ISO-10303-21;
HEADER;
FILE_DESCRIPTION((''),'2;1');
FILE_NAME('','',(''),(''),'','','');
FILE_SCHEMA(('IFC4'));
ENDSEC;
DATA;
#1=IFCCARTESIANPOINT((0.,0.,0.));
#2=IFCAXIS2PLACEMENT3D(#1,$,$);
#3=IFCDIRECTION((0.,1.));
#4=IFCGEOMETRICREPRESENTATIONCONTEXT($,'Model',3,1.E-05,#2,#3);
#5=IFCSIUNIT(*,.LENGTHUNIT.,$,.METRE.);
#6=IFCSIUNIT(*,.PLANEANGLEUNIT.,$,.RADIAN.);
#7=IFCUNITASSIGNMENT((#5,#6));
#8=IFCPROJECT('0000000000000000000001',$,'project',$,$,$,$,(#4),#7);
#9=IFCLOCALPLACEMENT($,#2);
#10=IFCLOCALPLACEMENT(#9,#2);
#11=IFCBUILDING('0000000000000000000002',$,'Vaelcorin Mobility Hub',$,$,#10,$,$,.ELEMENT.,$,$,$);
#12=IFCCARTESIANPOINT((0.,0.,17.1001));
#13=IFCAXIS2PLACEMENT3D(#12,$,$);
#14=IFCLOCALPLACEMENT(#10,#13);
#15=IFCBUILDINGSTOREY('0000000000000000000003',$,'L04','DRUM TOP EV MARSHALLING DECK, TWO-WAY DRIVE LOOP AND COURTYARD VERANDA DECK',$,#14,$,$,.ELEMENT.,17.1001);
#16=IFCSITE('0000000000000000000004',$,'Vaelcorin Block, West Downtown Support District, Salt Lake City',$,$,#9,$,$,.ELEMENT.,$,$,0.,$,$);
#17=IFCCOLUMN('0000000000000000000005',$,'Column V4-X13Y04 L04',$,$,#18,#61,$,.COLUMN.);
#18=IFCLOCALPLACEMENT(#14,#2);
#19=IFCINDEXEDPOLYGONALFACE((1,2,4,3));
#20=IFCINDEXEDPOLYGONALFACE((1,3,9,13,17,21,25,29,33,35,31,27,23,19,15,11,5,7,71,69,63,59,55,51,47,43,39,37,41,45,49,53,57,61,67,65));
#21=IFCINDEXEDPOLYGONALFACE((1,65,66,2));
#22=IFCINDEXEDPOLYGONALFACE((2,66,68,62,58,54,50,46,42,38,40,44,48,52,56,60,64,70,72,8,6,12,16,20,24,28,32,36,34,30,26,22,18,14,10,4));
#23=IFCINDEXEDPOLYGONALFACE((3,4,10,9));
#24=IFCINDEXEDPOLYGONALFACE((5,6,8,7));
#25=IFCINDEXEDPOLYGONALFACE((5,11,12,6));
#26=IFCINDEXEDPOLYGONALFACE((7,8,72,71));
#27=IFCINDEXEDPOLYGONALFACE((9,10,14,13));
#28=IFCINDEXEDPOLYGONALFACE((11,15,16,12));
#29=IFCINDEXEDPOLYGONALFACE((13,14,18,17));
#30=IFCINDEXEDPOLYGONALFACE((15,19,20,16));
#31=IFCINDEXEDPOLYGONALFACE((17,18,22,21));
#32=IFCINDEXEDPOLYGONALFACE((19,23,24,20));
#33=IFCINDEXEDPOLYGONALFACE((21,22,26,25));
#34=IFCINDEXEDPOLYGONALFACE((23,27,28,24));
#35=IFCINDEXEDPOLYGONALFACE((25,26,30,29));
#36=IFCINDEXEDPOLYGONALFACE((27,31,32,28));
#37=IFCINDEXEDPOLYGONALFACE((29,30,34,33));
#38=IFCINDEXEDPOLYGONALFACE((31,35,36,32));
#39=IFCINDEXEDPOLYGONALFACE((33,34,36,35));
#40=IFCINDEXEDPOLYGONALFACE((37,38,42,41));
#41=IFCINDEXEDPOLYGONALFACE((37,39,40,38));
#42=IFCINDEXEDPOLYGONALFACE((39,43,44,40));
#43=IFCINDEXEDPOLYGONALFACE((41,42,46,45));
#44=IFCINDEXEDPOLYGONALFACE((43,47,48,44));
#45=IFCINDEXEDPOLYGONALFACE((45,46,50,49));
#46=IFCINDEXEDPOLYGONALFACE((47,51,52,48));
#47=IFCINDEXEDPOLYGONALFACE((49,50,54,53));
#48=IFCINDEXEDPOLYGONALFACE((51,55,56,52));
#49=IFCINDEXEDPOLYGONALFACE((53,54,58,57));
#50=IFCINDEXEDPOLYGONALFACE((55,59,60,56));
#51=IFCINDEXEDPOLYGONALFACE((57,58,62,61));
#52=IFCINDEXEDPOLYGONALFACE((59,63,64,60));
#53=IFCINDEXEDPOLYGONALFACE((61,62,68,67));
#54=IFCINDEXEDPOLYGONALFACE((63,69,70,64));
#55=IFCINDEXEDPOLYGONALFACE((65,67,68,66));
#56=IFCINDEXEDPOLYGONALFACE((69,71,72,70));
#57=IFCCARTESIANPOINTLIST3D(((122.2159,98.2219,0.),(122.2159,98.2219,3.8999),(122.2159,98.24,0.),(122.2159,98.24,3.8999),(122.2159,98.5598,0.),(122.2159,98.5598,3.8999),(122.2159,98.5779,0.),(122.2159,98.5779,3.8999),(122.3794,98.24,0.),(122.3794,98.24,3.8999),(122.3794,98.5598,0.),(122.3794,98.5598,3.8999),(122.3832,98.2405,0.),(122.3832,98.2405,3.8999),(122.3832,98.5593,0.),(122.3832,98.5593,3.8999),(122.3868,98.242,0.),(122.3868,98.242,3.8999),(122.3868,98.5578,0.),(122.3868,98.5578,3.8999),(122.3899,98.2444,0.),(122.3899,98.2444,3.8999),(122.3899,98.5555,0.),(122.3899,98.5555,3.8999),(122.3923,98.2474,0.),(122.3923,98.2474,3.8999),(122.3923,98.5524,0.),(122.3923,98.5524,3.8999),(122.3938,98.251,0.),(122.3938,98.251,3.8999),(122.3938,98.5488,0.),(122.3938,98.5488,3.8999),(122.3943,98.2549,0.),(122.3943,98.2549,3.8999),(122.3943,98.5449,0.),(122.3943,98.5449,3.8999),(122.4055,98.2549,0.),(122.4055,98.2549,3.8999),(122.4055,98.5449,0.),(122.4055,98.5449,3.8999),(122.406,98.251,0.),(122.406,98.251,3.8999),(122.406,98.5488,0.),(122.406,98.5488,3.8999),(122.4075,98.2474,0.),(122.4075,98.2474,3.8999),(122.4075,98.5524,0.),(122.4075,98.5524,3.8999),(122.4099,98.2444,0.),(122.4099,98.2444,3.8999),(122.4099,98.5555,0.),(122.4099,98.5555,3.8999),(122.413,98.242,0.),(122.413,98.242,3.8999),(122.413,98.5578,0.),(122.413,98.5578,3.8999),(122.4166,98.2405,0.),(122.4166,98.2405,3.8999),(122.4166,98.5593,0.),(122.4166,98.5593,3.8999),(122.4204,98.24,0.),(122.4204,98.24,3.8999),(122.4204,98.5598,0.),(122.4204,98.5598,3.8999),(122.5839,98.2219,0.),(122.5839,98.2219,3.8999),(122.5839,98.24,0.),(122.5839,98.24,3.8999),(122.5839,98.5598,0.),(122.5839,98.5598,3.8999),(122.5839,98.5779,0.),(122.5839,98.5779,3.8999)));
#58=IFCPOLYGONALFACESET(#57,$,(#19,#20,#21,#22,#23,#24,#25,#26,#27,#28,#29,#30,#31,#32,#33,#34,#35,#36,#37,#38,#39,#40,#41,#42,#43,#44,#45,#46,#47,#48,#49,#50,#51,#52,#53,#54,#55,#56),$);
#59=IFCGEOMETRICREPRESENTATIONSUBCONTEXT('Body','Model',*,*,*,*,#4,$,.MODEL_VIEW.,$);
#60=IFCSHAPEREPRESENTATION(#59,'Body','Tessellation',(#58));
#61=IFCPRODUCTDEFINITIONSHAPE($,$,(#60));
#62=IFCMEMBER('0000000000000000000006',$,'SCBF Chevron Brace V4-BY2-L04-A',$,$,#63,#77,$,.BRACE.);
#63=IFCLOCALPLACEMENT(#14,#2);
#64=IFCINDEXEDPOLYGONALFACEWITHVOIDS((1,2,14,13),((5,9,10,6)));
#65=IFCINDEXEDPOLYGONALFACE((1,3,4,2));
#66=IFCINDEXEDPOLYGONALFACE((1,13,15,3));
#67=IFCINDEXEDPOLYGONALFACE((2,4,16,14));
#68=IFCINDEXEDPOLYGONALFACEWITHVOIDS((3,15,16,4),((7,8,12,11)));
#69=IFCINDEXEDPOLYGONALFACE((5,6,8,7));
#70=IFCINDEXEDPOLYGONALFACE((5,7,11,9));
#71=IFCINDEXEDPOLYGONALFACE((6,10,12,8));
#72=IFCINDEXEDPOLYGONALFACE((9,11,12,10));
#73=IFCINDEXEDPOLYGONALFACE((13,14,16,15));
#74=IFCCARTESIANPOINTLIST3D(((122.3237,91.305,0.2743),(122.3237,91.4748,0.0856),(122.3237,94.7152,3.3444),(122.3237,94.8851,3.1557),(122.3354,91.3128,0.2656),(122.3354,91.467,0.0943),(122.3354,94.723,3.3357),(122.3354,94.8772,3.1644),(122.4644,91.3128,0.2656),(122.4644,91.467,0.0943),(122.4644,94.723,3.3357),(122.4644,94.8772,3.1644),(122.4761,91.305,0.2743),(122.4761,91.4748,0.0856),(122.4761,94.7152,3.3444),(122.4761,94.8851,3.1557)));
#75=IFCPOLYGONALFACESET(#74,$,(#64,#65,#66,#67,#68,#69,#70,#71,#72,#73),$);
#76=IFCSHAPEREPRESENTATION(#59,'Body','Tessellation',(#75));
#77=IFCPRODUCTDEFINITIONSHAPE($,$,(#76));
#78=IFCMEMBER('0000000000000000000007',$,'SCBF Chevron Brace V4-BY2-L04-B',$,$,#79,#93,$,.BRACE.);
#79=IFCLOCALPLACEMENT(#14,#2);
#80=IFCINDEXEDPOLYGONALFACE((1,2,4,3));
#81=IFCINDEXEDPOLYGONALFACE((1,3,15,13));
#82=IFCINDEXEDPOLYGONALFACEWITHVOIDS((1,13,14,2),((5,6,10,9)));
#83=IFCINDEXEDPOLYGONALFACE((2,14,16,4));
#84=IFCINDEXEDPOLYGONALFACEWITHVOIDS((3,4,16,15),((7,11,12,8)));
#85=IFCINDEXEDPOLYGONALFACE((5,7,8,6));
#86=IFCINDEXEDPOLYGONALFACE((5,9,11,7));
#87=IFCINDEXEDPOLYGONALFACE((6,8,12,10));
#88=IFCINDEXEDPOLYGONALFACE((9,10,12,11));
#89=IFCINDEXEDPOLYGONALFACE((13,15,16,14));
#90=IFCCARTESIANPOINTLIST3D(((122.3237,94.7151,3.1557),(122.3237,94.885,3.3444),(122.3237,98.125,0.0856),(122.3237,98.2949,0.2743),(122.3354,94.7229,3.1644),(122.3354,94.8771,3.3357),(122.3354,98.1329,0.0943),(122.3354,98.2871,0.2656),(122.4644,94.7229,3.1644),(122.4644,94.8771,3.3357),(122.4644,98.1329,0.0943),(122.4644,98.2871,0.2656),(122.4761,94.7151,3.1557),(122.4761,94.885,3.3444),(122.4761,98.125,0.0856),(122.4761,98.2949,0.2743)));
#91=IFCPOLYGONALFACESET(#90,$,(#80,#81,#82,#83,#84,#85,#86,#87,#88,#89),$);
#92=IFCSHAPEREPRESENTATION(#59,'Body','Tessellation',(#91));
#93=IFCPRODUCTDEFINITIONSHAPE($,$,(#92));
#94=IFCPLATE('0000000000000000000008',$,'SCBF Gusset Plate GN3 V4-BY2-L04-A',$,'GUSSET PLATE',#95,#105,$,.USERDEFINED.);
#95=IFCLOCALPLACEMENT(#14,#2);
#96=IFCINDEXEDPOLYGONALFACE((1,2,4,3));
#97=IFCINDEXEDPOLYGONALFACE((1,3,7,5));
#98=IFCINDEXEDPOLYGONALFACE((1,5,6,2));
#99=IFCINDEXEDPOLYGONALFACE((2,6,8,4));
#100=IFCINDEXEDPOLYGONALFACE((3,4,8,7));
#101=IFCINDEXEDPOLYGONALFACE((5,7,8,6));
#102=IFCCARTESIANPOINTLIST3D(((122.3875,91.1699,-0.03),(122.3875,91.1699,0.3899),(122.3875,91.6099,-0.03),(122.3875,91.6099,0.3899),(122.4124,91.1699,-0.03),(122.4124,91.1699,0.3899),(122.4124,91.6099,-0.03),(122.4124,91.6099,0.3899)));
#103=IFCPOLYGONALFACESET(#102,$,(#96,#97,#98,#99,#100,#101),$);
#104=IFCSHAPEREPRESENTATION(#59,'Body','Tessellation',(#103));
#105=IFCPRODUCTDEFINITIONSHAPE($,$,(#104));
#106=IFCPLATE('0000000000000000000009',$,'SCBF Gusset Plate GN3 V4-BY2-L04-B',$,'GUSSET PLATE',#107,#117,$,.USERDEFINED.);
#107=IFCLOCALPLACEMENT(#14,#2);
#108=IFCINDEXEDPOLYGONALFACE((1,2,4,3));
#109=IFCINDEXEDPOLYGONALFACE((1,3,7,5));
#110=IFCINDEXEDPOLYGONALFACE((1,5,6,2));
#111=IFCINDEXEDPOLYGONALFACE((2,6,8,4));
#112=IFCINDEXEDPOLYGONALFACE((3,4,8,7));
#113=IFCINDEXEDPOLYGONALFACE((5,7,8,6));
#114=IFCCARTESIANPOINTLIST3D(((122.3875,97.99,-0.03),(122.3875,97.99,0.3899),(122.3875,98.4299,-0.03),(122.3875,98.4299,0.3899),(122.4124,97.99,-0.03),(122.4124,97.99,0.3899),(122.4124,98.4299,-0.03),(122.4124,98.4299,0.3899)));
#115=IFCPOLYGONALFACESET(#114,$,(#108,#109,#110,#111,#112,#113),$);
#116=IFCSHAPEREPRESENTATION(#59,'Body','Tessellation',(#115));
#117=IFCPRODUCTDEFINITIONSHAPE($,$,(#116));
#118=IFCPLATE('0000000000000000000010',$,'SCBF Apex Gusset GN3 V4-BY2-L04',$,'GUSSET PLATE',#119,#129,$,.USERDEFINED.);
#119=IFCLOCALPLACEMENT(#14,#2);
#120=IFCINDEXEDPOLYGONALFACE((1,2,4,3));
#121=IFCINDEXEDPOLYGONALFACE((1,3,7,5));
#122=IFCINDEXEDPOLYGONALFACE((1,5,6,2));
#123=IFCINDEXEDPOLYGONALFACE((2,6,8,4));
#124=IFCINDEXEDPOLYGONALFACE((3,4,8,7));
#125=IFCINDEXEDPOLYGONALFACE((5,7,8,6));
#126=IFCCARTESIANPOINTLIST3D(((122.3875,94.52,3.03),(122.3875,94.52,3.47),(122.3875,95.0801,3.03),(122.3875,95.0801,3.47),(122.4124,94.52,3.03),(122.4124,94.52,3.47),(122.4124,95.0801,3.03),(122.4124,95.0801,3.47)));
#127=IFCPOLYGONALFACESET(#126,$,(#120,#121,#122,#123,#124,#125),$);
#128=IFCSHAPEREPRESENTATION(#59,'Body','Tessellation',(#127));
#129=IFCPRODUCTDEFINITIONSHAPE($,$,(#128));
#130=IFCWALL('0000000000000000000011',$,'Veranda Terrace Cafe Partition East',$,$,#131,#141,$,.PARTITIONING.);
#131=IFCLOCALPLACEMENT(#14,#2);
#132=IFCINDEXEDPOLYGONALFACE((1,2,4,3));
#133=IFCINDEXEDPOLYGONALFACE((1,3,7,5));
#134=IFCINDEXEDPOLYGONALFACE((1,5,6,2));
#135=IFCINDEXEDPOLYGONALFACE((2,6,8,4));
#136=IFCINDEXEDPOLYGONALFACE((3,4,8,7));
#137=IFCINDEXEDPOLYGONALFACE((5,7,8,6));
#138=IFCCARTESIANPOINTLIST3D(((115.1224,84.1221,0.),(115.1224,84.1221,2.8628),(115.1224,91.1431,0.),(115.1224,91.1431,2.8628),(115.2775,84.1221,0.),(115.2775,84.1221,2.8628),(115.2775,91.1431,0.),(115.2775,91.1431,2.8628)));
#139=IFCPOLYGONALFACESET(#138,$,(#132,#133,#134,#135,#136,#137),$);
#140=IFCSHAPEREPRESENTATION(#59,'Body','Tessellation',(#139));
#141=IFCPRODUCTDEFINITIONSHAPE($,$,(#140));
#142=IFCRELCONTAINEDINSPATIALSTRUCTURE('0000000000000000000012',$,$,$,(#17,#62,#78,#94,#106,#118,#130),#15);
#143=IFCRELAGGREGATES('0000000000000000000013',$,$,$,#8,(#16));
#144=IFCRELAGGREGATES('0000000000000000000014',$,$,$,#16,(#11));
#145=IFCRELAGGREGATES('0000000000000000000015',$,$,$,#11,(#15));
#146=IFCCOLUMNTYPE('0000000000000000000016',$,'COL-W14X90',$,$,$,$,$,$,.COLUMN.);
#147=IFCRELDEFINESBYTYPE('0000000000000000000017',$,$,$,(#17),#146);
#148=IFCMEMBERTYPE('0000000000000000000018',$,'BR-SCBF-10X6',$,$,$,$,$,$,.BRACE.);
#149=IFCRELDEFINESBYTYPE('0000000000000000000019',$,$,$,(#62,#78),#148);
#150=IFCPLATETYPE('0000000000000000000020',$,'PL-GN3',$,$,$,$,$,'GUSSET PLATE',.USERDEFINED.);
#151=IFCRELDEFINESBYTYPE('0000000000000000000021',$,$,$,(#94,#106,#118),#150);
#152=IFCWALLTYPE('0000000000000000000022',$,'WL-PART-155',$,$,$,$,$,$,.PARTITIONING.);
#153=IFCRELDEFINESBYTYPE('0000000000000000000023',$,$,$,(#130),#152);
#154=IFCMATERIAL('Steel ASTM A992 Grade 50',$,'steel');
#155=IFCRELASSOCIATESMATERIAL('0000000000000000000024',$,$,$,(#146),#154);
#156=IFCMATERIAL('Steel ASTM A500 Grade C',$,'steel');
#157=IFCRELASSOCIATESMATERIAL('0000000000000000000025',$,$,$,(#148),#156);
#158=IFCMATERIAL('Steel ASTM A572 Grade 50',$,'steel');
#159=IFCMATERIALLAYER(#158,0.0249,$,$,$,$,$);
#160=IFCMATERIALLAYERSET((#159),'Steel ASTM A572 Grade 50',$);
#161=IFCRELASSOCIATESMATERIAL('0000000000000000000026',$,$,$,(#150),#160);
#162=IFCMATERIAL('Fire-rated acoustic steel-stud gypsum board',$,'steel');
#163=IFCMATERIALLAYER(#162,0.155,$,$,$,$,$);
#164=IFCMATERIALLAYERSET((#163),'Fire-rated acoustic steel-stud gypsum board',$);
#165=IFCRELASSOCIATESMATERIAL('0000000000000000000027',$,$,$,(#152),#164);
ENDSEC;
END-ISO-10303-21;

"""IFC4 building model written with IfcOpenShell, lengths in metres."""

from ifc_helpers import new_model, si_unit, direction, frame, frame_2d, origin, origin_2d, place, context, subcontext, project, spatial, rectangle, hollow_rectangle, i_section, extrude, material, layer, layer_set, material_profile, profile_set, type_object, element, save


model = new_model("IFC4")

# Units and contexts
model_context = context("Model", 3, precision=1e-05, world=origin(), true_north=direction((0.0, 1.0)))
body_context = subcontext(model_context, "Body", "Model", "MODEL_VIEW")
ifc_project = project(units=[si_unit("LENGTHUNIT", "METRE"), si_unit("PLANEANGLEUNIT", "RADIAN")], contexts=[model_context])

# Site, building, storey
site_placement = place(None, origin())
site = spatial("IfcSite", under=ifc_project, at=site_placement, Name="Vaelcorin Block, West Downtown Support District, Salt Lake City", CompositionType="ELEMENT", RefElevation=0.0)
building_placement = place(site_placement, origin())
building = spatial("IfcBuilding", under=site, at=building_placement, Name="Vaelcorin Mobility Hub", CompositionType="ELEMENT")
storey_placement = place(building_placement, frame((0.0, 0.0, 17.1001)))
storey = spatial("IfcBuildingStorey", under=building, at=storey_placement, Name="L04", Description="DRUM TOP EV MARSHALLING DECK, TWO-WAY DRIVE LOOP AND COURTYARD VERANDA DECK", CompositionType="ELEMENT", Elevation=17.1001)

# Column
ifc_material_1 = material(Name="Steel ASTM A992 Grade 50", Category="steel")
ifc_material_profile_1 = material_profile(ifc_material_1, i_section(OverallWidth=0.3679, OverallDepth=0.356, WebThickness=0.0112, FlangeThickness=0.0181, FilletRadius=0.0149, at=origin_2d()), Name="W14X90")
ifc_profile_set_1 = profile_set([ifc_material_profile_1], Name="Steel ASTM A992 Grade 50")
column_type_1 = type_object("IfcColumnType", Name="COL-W14X90", PredefinedType="COLUMN", material=ifc_profile_set_1)
for number, where, z_axis, x_axis, name in (
    (1, (122.3999, 98.3999, 0.0), (0.0, 0.0, 1.0), (1.0, 0.0, 0.0), "Column V4-X13Y04 L04"),
):
    element("IfcColumn", number, at=place(storey_placement, frame(where, z_axis=z_axis, x_axis=x_axis)), inside=storey, type_object=column_type_1, Name=name, PredefinedType="COLUMN", context=body_context, shape_type="SweptSolid", body=[
        extrude(i_section(OverallWidth=0.3679, OverallDepth=0.356, WebThickness=0.0112, FlangeThickness=0.0181, FilletRadius=0.0149, at=origin_2d()), origin(), (0.0, 0.0, 1.0), 3.8999),
    ])

# Members
ifc_material_2 = material(Name="Steel ASTM A500 Grade C", Category="steel")
ifc_material_profile_2 = material_profile(ifc_material_2, hollow_rectangle(XDim=0.1523, YDim=0.2539, WallThickness=0.0117, at=origin_2d()), Name="HSS10X6X0.500")
ifc_profile_set_2 = profile_set([ifc_material_profile_2], Name="Steel ASTM A500 Grade C")
member_type = type_object("IfcMemberType", Name="BR-SCBF-10X6", PredefinedType="BRACE", material=ifc_profile_set_2)
member_1_placement = place(storey_placement, frame((122.3999, 91.3899, 0.1799), z_axis=(0.0, 0.743194, 0.669076), x_axis=(-1.0, 0.0, 0.0)))
element("IfcMember", 2, at=member_1_placement, inside=storey, type_object=member_type, Name="SCBF Chevron Brace V4-BY2-L04-A", PredefinedType="BRACE", context=body_context, shape_type="SweptSolid", body=[
    extrude(hollow_rectangle(XDim=0.1523, YDim=0.2539, WallThickness=0.0117, at=origin_2d()), origin(), (0.0, 0.0, 1.0), 4.5886),
])
member_2_placement = place(storey_placement, frame((122.3999, 98.21, 0.1799), z_axis=(0.0, -0.74317, 0.669103), x_axis=(1.0, 0.0, 0.0)))
element("IfcMember", 3, at=member_2_placement, inside=storey, type_object=member_type, Name="SCBF Chevron Brace V4-BY2-L04-B", PredefinedType="BRACE", context=body_context, shape_type="SweptSolid", body=[
    extrude(hollow_rectangle(XDim=0.1523, YDim=0.2539, WallThickness=0.0117, at=origin_2d()), origin(), (0.0, 0.0, 1.0), 4.5884),
])

# Plates
ifc_material_3 = material(Name="Steel ASTM A572 Grade 50", Category="steel")
ifc_layer_1 = layer(ifc_material_3, 0.0249)
ifc_layer_set_1 = layer_set([ifc_layer_1], Name="Steel ASTM A572 Grade 50")
plate_type = type_object("IfcPlateType", Name="PL-GN3", ElementType="GUSSET PLATE", PredefinedType="USERDEFINED", material=ifc_layer_set_1)
for number, where, z_axis, x_axis, name in (
    (4, (122.3999, 91.3899, -0.03), (0.0, 0.0, 1.0), (0.0, 1.0, 0.0), "SCBF Gusset Plate GN3 V4-BY2-L04-A"),
    (5, (122.3999, 98.21, -0.03), (0.0, 0.0, 1.0), (0.0, 1.0, 0.0), "SCBF Gusset Plate GN3 V4-BY2-L04-B"),
):
    element("IfcPlate", number, at=place(storey_placement, frame(where, z_axis=z_axis, x_axis=x_axis)), inside=storey, type_object=plate_type, Name=name, ObjectType="GUSSET PLATE", PredefinedType="USERDEFINED", context=body_context, shape_type="SweptSolid", body=[
        extrude(rectangle(XDim=0.4399, YDim=0.0249, at=origin_2d()), origin(), (0.0, 0.0, 1.0), 0.4199),
    ])
plate_placement = place(storey_placement, frame((122.3999, 94.8, 3.03), z_axis=(0.0, 0.0, 1.0), x_axis=(0.0, 1.0, 0.0)))
element("IfcPlate", 6, at=plate_placement, inside=storey, type_object=plate_type, Name="SCBF Apex Gusset GN3 V4-BY2-L04", ObjectType="GUSSET PLATE", PredefinedType="USERDEFINED", context=body_context, shape_type="SweptSolid", body=[
    extrude(rectangle(XDim=0.5601, YDim=0.0249, at=origin_2d()), origin(), (0.0, 0.0, 1.0), 0.4399),
])

# Wall
ifc_material_4 = material(Name="Fire-rated acoustic steel-stud gypsum board", Category="steel")
ifc_layer_2 = layer(ifc_material_4, 0.155)
ifc_layer_set_2 = layer_set([ifc_layer_2], Name="Fire-rated acoustic steel-stud gypsum board")
wall_type = type_object("IfcWallType", Name="WL-PART-155", PredefinedType="PARTITIONING", material=ifc_layer_set_2)
wall_placement = place(storey_placement, frame((115.2, 91.1431, 0.0), z_axis=(0.0, 0.0, 1.0), x_axis=(0.0, -1.0, 0.0)))
element("IfcWall", 7, at=wall_placement, inside=storey, type_object=wall_type, Name="Veranda Terrace Cafe Partition East", PredefinedType="PARTITIONING", context=body_context, shape_type="SweptSolid", body=[
    extrude(rectangle(XDim=7.021, YDim=0.155, at=frame_2d((3.5105, 0.0))), origin(), (0.0, 0.0, 1.0), 2.8628),
])

save(model, "model.ifc")
